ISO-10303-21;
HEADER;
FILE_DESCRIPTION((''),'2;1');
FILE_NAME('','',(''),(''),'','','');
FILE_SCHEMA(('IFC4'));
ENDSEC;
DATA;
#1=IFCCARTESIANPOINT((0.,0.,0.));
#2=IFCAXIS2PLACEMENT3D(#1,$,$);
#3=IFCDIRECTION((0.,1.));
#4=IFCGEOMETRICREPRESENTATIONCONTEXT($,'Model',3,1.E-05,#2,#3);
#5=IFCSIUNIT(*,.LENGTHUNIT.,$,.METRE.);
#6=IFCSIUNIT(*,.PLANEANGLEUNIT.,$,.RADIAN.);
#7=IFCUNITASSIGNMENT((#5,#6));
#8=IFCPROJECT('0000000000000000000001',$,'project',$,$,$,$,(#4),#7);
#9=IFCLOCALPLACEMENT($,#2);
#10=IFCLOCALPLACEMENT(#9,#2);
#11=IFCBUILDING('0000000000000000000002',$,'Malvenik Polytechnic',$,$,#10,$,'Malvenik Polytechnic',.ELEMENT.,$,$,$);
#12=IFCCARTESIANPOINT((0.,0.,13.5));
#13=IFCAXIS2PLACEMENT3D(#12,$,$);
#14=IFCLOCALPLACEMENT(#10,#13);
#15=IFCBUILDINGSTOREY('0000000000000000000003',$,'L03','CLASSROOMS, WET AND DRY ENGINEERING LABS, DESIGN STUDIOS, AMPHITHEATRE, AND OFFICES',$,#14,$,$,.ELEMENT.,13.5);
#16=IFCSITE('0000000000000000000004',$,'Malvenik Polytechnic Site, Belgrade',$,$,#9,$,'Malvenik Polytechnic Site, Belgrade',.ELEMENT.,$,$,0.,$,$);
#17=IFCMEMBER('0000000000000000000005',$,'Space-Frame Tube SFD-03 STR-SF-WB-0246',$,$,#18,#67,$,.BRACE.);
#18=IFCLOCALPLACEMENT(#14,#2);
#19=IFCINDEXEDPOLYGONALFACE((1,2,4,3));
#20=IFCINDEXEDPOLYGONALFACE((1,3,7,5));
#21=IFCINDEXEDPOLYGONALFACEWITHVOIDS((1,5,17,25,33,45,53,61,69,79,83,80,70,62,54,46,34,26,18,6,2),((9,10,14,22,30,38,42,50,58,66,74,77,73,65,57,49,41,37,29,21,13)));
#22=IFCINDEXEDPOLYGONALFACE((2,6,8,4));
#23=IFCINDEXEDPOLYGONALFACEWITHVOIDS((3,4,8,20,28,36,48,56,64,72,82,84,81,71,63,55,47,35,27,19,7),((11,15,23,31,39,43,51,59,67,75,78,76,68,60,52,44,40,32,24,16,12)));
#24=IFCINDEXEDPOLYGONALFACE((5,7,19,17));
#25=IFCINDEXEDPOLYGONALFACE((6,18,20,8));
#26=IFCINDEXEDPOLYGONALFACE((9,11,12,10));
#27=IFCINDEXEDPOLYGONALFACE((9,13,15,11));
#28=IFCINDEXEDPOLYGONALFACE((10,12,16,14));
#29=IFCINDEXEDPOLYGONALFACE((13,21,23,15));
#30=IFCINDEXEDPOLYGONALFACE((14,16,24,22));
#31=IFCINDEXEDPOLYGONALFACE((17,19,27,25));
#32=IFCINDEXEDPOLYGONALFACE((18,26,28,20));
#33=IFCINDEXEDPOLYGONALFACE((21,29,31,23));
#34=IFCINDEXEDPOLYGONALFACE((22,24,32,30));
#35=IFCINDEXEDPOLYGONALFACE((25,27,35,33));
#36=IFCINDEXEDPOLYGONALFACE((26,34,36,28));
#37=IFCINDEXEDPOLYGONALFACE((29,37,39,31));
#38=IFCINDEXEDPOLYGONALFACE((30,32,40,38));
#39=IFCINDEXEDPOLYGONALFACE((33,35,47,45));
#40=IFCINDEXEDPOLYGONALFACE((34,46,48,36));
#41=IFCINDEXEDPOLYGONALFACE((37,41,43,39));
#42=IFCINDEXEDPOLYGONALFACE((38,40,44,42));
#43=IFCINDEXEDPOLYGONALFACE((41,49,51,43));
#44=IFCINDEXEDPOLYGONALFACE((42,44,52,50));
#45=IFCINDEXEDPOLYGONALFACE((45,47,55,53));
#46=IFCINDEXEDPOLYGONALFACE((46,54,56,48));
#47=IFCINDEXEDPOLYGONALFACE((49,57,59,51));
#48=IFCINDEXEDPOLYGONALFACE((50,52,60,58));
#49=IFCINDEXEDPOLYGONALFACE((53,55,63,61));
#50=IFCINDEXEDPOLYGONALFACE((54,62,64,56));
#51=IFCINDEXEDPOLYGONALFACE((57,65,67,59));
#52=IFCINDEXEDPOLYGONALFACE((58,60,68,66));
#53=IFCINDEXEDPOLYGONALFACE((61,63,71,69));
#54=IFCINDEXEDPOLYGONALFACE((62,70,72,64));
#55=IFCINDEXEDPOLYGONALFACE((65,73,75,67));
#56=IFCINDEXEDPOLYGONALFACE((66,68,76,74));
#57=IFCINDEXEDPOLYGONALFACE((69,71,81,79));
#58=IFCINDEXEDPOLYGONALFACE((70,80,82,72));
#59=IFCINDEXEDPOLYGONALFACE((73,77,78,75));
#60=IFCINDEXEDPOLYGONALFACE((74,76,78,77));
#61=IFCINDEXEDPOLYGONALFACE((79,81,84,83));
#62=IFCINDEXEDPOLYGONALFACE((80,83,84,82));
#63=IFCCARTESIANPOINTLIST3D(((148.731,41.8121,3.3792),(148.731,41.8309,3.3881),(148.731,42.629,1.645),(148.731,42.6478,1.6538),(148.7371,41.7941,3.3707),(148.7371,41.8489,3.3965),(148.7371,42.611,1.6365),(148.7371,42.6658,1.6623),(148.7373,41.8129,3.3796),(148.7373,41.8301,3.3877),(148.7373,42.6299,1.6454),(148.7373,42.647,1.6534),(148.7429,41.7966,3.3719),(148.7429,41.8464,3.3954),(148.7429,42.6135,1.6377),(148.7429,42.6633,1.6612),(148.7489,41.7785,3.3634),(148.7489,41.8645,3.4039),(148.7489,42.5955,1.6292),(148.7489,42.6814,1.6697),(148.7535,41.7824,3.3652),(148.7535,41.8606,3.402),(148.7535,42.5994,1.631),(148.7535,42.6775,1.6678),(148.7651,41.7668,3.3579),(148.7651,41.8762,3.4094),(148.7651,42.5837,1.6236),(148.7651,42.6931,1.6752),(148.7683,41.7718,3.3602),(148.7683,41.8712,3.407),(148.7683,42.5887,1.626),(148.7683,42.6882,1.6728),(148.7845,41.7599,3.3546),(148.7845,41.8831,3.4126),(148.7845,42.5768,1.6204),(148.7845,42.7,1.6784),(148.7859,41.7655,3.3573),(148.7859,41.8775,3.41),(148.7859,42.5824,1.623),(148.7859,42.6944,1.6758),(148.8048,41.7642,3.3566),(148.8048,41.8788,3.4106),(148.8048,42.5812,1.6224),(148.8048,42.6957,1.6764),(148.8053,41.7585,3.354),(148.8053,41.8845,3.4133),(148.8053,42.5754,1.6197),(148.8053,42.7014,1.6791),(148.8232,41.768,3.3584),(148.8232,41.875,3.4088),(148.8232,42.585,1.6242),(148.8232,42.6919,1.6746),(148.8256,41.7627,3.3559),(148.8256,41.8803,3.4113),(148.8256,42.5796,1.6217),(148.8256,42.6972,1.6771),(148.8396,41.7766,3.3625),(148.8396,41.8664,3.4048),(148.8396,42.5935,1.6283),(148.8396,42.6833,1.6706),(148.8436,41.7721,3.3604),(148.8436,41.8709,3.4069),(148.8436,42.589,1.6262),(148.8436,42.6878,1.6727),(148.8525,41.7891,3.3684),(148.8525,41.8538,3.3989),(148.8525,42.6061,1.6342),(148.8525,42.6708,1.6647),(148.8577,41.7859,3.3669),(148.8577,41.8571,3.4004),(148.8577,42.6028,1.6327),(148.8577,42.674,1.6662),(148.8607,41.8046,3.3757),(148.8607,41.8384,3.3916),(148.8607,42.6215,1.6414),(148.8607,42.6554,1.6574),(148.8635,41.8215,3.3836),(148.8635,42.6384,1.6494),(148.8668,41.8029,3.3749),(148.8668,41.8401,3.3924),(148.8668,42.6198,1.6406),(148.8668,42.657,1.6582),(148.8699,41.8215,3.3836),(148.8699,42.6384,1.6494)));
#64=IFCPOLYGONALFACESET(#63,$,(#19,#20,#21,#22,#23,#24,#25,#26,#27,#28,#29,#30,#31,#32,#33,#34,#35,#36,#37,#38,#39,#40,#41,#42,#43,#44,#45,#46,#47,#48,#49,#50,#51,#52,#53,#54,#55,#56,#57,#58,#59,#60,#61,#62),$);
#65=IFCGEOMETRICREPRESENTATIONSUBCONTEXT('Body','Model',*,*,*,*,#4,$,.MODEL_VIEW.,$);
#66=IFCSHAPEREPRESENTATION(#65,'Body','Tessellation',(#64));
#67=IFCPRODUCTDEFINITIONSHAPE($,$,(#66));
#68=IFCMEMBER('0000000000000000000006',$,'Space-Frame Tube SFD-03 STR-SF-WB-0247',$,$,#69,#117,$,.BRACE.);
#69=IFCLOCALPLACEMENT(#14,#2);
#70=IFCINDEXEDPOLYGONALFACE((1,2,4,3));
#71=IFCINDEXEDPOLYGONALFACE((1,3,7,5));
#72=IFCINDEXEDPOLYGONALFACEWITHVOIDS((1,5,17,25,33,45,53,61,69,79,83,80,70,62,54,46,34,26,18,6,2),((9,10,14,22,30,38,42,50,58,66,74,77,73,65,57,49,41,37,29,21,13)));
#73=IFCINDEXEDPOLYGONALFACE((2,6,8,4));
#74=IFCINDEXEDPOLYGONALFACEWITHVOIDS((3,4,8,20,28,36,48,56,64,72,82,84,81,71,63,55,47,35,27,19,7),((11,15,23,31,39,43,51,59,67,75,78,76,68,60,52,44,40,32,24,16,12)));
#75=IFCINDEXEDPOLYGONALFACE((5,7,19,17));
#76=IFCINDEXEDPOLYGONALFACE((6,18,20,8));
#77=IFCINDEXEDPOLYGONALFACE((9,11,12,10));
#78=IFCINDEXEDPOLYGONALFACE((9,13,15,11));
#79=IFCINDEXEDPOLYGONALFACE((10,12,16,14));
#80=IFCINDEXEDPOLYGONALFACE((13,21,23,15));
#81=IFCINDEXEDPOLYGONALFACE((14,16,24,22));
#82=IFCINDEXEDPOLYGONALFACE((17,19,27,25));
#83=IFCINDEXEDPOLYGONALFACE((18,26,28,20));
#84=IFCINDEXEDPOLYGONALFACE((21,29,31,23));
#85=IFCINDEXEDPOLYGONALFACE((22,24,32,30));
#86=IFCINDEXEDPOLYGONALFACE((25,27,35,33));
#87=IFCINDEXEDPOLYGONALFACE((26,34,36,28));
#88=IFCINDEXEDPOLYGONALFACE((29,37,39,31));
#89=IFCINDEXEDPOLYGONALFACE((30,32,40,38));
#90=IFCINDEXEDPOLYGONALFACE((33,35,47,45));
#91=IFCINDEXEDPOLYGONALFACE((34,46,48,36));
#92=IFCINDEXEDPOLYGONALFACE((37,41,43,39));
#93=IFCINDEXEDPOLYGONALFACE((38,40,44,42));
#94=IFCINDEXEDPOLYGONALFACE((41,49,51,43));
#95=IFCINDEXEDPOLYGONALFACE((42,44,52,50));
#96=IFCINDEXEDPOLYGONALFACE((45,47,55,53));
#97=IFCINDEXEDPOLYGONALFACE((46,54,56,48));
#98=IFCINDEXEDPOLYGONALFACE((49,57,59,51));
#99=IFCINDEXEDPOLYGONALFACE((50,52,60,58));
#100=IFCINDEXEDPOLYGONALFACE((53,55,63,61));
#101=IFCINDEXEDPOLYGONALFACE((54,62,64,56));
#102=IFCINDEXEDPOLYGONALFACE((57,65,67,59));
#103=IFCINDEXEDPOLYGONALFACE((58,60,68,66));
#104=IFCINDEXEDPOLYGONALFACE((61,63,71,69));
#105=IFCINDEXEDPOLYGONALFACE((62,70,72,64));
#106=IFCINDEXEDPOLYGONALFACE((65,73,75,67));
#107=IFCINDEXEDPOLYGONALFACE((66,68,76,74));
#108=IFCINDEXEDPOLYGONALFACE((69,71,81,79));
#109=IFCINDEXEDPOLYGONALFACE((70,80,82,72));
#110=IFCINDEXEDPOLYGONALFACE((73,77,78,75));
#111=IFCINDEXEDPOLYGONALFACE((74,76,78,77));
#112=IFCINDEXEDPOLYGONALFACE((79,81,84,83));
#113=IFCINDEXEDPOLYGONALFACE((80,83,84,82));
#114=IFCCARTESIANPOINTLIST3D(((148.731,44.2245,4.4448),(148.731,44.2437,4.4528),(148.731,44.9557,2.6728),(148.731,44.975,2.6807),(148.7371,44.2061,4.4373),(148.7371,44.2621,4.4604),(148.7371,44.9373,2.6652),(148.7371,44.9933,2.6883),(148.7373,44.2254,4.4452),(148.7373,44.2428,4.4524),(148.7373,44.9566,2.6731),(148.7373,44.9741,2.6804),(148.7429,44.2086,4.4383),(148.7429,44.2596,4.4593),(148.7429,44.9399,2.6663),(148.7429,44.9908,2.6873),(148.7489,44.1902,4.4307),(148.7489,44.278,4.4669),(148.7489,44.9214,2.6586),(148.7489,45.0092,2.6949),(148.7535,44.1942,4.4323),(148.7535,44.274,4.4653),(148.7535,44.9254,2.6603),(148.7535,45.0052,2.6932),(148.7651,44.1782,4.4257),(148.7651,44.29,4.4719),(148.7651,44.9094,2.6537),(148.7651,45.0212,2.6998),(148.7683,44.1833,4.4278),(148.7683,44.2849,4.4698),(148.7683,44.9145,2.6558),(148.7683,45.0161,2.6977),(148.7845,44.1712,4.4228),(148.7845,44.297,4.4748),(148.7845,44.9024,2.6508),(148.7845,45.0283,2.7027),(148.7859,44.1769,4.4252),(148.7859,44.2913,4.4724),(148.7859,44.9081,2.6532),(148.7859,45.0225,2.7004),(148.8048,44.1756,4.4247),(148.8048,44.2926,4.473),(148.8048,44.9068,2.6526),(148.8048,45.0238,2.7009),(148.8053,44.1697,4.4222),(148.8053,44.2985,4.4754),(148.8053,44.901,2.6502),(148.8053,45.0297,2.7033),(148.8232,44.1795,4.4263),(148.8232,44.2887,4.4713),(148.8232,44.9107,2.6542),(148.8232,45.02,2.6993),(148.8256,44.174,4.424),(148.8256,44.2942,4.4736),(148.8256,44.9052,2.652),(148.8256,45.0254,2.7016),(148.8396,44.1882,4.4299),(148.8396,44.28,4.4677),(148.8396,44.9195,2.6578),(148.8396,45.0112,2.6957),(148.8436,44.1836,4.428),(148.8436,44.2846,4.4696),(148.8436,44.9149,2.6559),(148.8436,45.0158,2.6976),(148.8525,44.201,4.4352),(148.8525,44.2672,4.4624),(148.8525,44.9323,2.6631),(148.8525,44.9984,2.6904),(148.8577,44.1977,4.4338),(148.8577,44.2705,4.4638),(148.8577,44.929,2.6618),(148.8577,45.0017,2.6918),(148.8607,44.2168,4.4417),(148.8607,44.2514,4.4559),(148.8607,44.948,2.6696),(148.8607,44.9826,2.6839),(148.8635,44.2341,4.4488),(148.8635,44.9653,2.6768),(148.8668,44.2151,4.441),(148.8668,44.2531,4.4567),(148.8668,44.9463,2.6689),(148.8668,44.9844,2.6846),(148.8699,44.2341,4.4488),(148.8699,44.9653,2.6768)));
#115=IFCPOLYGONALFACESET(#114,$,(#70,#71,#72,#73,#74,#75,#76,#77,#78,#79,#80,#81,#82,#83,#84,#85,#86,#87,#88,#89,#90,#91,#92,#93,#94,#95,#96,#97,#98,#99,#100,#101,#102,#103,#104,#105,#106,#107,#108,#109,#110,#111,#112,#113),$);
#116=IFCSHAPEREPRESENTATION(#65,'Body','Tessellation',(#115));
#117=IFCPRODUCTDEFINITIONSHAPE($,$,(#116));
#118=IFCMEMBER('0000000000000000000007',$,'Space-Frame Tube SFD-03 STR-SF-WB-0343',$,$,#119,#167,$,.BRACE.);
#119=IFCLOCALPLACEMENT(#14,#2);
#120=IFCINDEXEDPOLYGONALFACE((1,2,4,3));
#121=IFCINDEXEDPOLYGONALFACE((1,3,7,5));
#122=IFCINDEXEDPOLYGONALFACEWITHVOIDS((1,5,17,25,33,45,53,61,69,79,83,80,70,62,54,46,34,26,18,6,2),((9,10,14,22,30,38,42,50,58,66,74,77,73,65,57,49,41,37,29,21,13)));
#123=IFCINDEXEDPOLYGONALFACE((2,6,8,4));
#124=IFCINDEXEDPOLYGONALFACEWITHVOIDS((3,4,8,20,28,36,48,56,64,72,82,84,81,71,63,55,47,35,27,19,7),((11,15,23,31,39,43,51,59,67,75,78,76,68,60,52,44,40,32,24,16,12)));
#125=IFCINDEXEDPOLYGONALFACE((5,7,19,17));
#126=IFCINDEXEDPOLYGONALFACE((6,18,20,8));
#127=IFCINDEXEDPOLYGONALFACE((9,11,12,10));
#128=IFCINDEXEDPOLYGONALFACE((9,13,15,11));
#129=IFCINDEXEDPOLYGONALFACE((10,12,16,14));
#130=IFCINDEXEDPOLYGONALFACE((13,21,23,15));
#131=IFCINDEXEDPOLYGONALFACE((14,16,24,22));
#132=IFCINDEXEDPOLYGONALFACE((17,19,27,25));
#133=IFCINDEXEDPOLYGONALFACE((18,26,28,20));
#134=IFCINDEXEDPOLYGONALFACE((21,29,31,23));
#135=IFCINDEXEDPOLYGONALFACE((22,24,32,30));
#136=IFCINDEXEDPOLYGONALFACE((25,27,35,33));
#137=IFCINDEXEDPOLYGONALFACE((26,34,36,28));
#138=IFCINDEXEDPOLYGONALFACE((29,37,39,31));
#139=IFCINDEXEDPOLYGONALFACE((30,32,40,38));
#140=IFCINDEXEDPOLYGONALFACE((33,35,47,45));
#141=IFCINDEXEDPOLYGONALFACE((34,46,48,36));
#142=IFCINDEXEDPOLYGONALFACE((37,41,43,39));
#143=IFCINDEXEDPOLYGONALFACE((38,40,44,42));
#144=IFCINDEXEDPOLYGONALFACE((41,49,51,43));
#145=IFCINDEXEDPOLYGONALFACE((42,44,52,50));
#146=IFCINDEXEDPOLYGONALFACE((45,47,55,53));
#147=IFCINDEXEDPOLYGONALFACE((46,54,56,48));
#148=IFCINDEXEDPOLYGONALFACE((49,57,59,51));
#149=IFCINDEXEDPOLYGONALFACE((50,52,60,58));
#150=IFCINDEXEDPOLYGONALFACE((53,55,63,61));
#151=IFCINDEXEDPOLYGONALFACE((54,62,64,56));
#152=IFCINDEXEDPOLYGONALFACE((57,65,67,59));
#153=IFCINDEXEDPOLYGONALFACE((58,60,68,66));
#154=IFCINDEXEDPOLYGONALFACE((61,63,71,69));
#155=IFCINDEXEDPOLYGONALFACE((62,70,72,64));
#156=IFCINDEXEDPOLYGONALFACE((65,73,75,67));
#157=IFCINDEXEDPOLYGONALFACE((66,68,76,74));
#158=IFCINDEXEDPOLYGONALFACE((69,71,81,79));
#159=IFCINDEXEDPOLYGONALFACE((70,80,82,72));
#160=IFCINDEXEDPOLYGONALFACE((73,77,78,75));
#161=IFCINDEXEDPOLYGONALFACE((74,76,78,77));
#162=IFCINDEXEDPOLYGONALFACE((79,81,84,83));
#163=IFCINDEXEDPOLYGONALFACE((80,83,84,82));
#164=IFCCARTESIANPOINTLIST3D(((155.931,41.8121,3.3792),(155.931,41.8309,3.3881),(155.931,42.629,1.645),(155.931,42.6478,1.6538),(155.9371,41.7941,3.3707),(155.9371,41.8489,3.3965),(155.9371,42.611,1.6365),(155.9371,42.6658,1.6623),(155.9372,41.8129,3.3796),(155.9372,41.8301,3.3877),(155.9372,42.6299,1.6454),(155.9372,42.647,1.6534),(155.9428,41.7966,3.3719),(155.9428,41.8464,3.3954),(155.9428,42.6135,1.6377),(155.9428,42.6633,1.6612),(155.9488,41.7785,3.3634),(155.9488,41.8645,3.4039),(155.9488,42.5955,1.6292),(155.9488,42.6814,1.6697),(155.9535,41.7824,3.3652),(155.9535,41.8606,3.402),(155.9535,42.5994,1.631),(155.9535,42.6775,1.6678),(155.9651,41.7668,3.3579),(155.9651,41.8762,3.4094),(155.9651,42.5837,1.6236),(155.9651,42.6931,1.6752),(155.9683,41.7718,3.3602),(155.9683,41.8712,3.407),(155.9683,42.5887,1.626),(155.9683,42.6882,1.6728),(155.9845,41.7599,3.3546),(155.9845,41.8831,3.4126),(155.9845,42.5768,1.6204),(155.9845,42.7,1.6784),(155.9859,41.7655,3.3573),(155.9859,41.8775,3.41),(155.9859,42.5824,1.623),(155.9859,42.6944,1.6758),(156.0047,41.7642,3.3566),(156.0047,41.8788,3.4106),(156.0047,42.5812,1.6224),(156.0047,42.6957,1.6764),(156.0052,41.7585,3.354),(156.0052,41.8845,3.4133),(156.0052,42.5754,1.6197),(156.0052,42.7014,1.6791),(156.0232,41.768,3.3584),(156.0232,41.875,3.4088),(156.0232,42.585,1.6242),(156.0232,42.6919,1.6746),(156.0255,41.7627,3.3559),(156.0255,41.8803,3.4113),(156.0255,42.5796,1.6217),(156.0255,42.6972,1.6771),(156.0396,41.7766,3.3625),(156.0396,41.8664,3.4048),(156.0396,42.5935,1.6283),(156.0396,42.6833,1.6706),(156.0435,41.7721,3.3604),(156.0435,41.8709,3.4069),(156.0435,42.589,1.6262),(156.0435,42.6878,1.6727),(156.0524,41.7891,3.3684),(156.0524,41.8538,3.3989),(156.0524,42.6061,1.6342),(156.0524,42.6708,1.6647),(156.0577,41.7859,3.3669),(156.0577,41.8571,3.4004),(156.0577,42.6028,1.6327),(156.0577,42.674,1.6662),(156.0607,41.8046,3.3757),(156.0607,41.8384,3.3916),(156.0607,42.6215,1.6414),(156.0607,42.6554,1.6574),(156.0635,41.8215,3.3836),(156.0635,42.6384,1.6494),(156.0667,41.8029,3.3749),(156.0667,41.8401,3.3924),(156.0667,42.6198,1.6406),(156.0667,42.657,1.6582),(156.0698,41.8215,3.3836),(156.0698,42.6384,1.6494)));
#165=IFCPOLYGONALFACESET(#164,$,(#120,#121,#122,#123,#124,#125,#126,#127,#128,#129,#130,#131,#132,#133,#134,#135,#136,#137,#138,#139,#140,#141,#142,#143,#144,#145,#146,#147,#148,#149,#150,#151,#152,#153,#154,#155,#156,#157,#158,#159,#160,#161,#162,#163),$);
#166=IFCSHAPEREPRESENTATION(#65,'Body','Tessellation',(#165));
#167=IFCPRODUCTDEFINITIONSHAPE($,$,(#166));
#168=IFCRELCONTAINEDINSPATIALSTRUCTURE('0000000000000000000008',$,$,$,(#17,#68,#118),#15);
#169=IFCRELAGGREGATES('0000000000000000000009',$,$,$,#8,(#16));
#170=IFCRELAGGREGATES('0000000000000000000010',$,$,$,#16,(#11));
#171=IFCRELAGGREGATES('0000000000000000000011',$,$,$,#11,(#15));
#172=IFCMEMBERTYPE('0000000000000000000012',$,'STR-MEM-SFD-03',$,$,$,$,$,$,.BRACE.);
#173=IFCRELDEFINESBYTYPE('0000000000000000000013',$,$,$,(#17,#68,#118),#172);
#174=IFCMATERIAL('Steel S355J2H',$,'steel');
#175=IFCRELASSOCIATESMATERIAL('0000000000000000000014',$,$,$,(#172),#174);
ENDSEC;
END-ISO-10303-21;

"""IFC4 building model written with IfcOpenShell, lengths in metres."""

from ifc_helpers import new_model, si_unit, direction, frame, origin, origin_2d, place, context, subcontext, project, spatial, hollow_circle, extrude, material, material_profile, profile_set, type_object, element, save


model = new_model("IFC4")

# Units and contexts
model_context = context("Model", 3, precision=1e-05, world=origin(), true_north=direction((0.0, 1.0)))
body_context = subcontext(model_context, "Body", "Model", "MODEL_VIEW")
ifc_project = project(units=[si_unit("LENGTHUNIT", "METRE"), si_unit("PLANEANGLEUNIT", "RADIAN")], contexts=[model_context])

# Site, building, storey
site_placement = place(None, origin())
site = spatial("IfcSite", under=ifc_project, at=site_placement, Name="Malvenik Polytechnic Site, Belgrade", LongName="Malvenik Polytechnic Site, Belgrade", CompositionType="ELEMENT", RefElevation=0.0)
building_placement = place(site_placement, origin())
building = spatial("IfcBuilding", under=site, at=building_placement, Name="Malvenik Polytechnic", LongName="Malvenik Polytechnic", CompositionType="ELEMENT")
storey_placement = place(building_placement, frame((0.0, 0.0, 13.5)))
storey = spatial("IfcBuildingStorey", under=building, at=storey_placement, Name="L03", Description="CLASSROOMS, WET AND DRY ENGINEERING LABS, DESIGN STUDIOS, AMPHITHEATRE, AND OFFICES", CompositionType="ELEMENT", Elevation=13.5)

# Members
ifc_material = material(Name="Steel S355J2H", Category="steel")
ifc_material_profile_1 = material_profile(ifc_material, hollow_circle(Radius=0.0698, WallThickness=0.0063, at=origin_2d()), Name="CHS 139.7x6.3")
ifc_profile_set_1 = profile_set([ifc_material_profile_1], Name="Steel S355J2H")
member_type_1 = type_object("IfcMemberType", Name="STR-MEM-SFD-03", PredefinedType="BRACE", material=ifc_profile_set_1)
for number, where, z_axis, x_axis, name in (
    (1, (148.8, 42.6384, 1.6494), (0.0, -0.426153, 0.904651), (1.0, 0.0, 0.0), "Space-Frame Tube SFD-03 STR-SF-WB-0246"),
    (2, (148.8, 44.9653, 2.6768), (0.0, -0.381448, 0.92439), (1.0, 0.0, 0.0), "Space-Frame Tube SFD-03 STR-SF-WB-0247"),
    (3, (156.0, 42.6384, 1.6494), (0.0, -0.426153, 0.904651), (1.0, 0.0, 0.0), "Space-Frame Tube SFD-03 STR-SF-WB-0343"),
):
    element("IfcMember", number, at=place(storey_placement, frame(where, z_axis=z_axis, x_axis=x_axis)), inside=storey, type_object=member_type_1, Name=name, PredefinedType="BRACE", context=body_context, shape_type="SweptSolid", body=[
        extrude(hollow_circle(Radius=0.0698, WallThickness=0.0063, at=origin_2d()), origin(), (0.0, 0.0, 1.0), 1.917),
    ])

save(model, "model.ifc")
